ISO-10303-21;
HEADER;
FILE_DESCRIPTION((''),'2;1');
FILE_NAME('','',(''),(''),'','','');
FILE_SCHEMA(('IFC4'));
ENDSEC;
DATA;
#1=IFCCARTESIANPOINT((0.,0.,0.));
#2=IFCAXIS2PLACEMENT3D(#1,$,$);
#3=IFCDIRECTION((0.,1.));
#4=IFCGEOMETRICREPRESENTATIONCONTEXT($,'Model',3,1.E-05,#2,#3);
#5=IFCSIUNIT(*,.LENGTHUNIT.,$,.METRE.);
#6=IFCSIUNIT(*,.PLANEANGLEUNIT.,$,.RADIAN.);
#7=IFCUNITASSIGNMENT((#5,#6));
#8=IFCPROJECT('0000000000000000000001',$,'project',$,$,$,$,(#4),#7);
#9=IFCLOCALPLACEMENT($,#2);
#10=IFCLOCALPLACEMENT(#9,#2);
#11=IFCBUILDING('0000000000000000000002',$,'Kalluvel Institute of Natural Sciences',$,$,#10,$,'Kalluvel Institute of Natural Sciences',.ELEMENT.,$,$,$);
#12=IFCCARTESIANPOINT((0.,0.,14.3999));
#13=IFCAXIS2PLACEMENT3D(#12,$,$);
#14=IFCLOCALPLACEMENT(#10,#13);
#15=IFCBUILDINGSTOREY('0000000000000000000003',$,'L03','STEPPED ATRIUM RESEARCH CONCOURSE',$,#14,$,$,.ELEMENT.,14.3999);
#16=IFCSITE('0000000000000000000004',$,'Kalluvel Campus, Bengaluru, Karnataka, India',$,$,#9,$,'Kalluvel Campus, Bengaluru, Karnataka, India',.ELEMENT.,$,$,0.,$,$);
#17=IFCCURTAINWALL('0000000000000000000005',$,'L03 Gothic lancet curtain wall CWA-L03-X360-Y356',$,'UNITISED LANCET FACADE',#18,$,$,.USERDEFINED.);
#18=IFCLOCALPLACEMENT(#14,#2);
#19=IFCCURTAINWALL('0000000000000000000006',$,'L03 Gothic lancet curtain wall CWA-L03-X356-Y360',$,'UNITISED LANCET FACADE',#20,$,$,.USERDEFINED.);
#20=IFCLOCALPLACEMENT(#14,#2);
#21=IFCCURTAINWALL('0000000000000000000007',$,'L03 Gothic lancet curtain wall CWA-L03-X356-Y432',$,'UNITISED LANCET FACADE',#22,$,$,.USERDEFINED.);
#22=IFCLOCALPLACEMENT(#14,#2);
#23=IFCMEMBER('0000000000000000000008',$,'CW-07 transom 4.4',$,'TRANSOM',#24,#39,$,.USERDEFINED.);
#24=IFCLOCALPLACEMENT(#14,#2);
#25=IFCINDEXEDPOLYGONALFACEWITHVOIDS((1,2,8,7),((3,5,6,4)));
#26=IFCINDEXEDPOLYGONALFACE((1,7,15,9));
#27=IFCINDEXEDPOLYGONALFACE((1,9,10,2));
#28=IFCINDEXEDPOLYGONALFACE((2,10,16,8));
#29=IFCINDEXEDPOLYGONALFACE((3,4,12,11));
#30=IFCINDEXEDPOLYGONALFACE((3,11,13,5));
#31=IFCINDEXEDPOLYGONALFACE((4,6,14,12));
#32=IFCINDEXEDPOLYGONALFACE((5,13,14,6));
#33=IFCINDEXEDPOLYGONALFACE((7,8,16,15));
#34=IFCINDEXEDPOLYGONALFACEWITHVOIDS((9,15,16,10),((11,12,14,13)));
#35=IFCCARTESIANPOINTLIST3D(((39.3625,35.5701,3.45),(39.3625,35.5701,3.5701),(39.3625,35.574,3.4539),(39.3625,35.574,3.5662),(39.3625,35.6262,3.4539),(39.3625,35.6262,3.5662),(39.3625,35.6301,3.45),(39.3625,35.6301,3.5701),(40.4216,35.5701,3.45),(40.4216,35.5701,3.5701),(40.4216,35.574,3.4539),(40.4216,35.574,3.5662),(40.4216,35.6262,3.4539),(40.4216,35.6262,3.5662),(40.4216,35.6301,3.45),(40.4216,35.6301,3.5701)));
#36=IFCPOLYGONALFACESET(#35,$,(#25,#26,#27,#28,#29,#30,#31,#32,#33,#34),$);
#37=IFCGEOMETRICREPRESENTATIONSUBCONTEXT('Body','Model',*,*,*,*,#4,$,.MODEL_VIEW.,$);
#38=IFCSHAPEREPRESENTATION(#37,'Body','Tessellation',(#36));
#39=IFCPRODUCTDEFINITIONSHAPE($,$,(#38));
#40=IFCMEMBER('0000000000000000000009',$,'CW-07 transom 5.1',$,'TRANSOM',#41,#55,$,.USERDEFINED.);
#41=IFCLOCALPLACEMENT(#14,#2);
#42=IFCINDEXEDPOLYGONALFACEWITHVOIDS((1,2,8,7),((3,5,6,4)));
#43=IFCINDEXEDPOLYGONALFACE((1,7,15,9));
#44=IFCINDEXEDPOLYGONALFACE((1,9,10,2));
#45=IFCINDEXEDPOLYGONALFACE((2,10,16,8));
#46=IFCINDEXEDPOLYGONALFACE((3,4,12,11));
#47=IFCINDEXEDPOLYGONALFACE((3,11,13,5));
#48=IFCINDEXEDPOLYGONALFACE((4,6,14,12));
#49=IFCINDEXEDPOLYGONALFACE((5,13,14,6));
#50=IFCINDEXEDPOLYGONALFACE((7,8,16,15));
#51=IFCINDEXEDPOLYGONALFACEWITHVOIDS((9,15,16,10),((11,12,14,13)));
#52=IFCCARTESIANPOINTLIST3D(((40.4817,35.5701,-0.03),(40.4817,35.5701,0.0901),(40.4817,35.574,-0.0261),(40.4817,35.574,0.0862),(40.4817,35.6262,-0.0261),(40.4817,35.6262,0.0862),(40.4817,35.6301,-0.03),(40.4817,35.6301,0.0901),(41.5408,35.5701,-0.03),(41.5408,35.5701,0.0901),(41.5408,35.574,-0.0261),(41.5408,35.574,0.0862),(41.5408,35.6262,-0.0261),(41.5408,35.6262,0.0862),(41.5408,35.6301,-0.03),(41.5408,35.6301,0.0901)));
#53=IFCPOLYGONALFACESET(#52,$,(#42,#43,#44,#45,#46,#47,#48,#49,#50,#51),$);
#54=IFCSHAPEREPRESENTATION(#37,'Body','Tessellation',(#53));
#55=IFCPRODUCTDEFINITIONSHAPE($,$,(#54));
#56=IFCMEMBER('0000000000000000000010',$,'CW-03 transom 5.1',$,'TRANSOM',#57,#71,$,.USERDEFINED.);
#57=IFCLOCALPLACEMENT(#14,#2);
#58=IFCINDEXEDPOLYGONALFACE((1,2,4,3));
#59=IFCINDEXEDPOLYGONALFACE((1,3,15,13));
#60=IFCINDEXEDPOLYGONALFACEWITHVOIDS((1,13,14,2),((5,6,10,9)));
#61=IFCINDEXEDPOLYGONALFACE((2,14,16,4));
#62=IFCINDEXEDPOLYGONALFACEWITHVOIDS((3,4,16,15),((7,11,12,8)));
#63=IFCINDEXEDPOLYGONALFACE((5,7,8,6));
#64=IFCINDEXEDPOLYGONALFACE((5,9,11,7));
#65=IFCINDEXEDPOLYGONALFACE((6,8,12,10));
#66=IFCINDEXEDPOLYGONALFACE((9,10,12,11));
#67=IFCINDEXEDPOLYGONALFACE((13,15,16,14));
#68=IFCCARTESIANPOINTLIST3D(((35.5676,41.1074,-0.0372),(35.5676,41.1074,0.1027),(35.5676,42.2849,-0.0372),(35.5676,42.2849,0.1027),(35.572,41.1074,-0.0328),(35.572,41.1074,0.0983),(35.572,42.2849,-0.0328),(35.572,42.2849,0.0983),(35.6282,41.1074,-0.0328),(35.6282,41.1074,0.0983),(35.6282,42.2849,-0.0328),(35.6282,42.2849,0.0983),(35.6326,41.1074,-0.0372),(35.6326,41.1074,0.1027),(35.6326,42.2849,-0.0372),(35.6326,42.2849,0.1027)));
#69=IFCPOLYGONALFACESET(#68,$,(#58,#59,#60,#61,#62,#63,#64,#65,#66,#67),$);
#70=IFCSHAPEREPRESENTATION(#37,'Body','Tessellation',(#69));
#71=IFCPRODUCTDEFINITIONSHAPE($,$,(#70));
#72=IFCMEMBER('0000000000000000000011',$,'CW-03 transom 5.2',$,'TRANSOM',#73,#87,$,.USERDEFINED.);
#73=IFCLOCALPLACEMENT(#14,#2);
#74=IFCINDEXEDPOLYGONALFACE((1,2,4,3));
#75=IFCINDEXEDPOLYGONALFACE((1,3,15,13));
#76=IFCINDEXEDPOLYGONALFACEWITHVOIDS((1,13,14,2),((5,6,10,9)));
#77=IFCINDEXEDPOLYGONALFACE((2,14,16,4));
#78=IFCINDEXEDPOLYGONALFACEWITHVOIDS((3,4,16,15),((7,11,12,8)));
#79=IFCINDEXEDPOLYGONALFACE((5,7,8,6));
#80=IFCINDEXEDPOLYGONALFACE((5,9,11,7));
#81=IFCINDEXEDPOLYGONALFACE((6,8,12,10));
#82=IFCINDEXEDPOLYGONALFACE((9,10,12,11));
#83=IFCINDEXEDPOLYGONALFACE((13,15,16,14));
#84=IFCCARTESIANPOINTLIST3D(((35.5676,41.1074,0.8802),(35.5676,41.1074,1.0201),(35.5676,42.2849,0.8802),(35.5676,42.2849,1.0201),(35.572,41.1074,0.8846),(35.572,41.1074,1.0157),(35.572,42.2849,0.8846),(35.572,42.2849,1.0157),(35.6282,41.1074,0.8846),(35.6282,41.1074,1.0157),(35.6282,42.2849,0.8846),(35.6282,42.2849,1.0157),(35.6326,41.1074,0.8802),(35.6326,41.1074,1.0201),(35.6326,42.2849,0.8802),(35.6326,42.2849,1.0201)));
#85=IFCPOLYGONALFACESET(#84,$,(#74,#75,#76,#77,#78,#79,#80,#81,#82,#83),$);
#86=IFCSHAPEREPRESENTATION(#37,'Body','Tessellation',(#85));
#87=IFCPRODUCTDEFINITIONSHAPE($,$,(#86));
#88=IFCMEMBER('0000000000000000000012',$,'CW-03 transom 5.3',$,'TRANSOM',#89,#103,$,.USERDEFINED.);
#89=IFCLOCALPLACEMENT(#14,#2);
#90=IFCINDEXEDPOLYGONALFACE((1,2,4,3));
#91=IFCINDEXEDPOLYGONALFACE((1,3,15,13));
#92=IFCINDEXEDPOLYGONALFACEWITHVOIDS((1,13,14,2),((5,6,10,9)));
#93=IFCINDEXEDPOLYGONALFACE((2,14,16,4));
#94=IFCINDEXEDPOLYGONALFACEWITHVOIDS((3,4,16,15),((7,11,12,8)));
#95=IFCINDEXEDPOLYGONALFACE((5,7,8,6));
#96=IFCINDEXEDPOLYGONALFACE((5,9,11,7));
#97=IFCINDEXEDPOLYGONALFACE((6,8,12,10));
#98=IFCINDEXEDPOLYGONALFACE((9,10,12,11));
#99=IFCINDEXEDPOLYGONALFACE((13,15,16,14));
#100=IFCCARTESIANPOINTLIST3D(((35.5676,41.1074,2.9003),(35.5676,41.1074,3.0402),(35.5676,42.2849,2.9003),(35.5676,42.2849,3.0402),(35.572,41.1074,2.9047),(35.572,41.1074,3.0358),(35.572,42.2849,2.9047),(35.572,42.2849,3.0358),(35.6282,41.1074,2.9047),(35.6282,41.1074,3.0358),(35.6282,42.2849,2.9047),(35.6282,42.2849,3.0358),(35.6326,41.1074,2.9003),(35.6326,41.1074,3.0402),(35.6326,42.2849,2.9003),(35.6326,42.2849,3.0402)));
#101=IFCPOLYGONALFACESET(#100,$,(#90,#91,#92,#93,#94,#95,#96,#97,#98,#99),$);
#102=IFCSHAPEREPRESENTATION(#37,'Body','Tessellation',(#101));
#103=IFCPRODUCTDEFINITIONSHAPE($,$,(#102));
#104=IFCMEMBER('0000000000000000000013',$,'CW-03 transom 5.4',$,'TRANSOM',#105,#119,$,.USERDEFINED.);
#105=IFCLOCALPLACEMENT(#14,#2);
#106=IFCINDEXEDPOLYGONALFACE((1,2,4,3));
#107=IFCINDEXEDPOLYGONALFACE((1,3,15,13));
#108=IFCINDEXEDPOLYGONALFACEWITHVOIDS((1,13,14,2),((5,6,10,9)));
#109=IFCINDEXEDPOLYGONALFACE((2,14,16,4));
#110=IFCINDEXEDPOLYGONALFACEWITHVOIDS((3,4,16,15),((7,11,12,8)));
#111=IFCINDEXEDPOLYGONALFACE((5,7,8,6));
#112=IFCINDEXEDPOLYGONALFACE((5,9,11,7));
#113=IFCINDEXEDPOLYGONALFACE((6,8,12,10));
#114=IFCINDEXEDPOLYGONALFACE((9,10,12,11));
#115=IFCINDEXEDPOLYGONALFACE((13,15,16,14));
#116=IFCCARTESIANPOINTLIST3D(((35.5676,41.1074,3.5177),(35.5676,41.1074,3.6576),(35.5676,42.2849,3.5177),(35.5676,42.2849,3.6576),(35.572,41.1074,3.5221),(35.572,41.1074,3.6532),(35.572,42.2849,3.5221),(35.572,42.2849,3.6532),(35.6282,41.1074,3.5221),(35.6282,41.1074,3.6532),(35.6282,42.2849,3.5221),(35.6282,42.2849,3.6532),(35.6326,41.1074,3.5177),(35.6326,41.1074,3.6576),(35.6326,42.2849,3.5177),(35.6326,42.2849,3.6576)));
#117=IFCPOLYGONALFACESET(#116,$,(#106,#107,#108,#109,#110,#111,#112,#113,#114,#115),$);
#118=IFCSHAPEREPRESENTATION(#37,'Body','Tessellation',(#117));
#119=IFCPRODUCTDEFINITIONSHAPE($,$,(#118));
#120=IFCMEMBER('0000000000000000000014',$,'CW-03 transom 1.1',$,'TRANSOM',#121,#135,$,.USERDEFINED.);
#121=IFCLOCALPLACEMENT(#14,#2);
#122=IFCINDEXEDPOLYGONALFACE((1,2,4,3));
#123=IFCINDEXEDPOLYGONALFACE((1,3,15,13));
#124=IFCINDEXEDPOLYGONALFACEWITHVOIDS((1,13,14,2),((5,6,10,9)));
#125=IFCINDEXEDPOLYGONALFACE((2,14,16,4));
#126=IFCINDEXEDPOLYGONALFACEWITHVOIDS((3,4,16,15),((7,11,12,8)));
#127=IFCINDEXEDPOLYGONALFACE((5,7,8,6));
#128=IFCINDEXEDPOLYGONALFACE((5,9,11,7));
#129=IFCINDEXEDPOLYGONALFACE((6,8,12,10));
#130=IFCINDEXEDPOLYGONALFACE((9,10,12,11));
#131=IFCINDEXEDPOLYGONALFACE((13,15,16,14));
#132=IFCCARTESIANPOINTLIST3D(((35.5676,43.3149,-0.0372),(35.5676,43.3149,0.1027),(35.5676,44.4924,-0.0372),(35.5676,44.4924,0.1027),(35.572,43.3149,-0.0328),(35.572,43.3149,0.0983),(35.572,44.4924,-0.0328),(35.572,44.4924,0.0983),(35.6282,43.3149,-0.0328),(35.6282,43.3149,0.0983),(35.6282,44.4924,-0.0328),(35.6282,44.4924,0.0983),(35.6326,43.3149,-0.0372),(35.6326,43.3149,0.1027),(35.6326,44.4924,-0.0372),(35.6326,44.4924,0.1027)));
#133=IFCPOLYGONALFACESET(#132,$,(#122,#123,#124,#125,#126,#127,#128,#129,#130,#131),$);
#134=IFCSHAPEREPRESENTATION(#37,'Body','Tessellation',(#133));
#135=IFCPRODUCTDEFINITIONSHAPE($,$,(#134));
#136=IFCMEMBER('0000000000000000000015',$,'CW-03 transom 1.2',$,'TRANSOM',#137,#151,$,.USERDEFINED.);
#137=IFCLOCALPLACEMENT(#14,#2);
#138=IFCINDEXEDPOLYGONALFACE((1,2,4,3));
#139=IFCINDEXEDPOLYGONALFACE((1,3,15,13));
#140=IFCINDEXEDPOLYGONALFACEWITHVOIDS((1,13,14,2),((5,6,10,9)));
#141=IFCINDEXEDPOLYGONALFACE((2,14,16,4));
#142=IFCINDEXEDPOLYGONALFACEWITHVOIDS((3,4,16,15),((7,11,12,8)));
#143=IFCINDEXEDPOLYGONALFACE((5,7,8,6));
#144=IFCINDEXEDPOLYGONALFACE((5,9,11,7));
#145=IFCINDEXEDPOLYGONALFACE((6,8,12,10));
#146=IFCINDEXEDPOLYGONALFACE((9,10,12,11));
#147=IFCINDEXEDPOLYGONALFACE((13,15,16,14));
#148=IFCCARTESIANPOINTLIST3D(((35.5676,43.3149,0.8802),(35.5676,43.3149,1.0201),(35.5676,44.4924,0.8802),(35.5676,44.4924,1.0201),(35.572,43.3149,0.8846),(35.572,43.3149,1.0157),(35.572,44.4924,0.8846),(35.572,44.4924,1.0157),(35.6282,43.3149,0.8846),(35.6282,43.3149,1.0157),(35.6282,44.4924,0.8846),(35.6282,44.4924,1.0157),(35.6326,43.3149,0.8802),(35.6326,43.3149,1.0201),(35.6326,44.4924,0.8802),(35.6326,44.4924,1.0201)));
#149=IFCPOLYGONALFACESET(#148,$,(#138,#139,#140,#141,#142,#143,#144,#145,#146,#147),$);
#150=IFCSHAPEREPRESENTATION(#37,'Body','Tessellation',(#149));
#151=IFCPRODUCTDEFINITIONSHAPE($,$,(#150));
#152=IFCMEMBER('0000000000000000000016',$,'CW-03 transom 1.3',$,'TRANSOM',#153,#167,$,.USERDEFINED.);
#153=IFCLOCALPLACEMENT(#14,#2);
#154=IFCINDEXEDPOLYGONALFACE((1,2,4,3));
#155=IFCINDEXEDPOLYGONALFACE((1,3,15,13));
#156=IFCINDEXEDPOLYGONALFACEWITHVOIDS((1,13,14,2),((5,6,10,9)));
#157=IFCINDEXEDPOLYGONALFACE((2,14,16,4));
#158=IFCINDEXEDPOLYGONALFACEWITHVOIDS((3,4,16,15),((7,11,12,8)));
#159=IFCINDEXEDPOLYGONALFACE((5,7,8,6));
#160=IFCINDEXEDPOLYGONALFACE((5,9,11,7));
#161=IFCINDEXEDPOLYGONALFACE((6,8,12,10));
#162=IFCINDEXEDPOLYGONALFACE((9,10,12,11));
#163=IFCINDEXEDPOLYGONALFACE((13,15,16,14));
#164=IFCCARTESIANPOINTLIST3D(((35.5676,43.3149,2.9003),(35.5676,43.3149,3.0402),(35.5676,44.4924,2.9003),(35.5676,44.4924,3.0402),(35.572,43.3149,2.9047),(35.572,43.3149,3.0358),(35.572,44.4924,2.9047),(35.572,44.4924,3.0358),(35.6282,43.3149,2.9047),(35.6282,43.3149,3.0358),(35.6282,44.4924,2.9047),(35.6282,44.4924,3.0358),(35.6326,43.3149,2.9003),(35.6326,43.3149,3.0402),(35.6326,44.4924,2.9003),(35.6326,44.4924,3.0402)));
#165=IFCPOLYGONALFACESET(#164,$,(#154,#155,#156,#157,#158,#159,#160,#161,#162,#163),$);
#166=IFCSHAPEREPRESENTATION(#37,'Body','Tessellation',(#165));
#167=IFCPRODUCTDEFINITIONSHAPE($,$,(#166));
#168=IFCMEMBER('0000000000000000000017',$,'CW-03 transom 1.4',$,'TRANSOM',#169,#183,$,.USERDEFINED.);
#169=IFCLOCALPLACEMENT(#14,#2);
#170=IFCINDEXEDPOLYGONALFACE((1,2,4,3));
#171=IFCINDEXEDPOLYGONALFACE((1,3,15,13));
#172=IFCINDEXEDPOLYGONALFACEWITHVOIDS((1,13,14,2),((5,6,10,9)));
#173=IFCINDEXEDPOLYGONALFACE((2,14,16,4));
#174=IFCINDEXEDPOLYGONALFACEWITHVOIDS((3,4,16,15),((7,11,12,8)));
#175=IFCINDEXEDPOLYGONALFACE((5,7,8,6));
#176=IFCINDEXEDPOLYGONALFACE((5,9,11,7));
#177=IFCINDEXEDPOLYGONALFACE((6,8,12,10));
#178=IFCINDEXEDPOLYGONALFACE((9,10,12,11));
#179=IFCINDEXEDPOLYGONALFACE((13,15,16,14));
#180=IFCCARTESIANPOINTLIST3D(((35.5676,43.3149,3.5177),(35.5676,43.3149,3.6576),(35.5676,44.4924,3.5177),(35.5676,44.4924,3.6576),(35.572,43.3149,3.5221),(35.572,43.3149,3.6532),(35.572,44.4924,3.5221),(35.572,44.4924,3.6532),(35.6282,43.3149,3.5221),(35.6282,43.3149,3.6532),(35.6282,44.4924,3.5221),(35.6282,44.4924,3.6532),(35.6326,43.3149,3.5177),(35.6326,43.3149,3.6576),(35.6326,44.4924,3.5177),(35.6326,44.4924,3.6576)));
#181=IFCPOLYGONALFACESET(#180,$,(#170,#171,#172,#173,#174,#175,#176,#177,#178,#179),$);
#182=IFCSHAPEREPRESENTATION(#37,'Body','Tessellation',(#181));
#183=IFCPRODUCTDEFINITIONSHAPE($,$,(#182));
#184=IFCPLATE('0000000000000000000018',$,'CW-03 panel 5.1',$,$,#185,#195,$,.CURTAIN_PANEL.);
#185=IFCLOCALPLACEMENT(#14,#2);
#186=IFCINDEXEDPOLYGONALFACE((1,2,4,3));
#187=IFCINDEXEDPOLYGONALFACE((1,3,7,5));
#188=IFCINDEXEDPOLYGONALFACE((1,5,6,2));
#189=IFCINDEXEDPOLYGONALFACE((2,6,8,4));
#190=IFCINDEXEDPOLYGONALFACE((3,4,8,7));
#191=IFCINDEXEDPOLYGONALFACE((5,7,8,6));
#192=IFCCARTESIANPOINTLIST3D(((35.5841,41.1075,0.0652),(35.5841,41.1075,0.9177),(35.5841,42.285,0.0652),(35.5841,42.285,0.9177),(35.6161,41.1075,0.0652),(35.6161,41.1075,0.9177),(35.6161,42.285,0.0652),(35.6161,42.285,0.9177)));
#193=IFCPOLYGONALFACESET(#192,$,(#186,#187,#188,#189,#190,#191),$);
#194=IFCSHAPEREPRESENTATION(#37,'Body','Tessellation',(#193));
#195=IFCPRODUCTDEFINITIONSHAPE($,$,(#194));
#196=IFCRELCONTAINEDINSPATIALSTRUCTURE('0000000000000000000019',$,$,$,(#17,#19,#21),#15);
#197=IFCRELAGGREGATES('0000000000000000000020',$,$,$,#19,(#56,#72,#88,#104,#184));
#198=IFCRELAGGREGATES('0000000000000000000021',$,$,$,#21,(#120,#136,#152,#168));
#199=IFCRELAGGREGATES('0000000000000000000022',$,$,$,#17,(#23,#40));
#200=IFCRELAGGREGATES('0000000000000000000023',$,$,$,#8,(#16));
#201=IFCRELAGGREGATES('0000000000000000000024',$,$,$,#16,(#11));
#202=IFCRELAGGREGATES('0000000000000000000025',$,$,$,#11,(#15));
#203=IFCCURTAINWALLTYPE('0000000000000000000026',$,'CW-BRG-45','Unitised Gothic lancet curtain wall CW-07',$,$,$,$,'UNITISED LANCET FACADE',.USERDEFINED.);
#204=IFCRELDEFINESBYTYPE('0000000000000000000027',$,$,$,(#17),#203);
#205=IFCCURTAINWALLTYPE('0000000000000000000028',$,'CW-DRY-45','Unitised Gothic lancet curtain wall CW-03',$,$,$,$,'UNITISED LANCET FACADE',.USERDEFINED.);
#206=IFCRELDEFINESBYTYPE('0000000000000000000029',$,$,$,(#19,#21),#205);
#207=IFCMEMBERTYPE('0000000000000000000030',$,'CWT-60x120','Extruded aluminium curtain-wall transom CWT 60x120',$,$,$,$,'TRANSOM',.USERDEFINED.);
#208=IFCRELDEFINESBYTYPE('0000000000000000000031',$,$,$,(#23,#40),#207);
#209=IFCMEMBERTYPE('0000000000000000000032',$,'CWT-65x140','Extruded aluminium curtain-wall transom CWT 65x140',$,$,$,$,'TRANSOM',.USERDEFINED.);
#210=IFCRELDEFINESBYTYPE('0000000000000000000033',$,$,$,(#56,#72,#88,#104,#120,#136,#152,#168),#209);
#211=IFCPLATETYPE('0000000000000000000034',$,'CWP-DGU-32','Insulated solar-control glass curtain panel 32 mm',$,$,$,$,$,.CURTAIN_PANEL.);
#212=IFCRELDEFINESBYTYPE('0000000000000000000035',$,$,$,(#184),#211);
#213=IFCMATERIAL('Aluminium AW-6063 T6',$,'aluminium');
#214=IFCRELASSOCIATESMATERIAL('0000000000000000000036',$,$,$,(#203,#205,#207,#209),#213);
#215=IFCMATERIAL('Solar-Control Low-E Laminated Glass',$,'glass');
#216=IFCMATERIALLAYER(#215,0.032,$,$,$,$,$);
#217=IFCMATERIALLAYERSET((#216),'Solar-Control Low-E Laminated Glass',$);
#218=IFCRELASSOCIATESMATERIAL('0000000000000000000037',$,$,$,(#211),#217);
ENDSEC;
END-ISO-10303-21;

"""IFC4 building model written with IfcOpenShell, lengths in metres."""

from ifc_helpers import new_model, si_unit, direction, frame, origin, origin_2d, place, context, subcontext, project, spatial, rectangle, hollow_rectangle, extrude, material, layer, layer_set, material_profile, profile_set, type_object, element, aggregate, save


model = new_model("IFC4")

# Units and contexts
model_context = context("Model", 3, precision=1e-05, world=origin(), true_north=direction((0.0, 1.0)))
body_context = subcontext(model_context, "Body", "Model", "MODEL_VIEW")
ifc_project = project(units=[si_unit("LENGTHUNIT", "METRE"), si_unit("PLANEANGLEUNIT", "RADIAN")], contexts=[model_context])

# Site, building, storey
site_placement = place(None, origin())
site = spatial("IfcSite", under=ifc_project, at=site_placement, Name="Kalluvel Campus, Bengaluru, Karnataka, India", LongName="Kalluvel Campus, Bengaluru, Karnataka, India", CompositionType="ELEMENT", RefElevation=0.0)
building_placement = place(site_placement, origin())
building = spatial("IfcBuilding", under=site, at=building_placement, Name="Kalluvel Institute of Natural Sciences", LongName="Kalluvel Institute of Natural Sciences", CompositionType="ELEMENT")
storey_placement = place(building_placement, frame((0.0, 0.0, 14.3999)))
storey = spatial("IfcBuildingStorey", under=building, at=storey_placement, Name="L03", Description="STEPPED ATRIUM RESEARCH CONCOURSE", CompositionType="ELEMENT", Elevation=14.3999)

# Curtain wall
ifc_material_1 = material(Name="Aluminium AW-6063 T6", Category="aluminium")
curtain_wall_type_1 = type_object("IfcCurtainWallType", Name="CW-BRG-45", Description="Unitised Gothic lancet curtain wall CW-07", ElementType="UNITISED LANCET FACADE", PredefinedType="USERDEFINED", material=ifc_material_1)
curtain_wall_1_placement = place(storey_placement, origin())
curtain_wall_1 = element("IfcCurtainWall", 1, at=curtain_wall_1_placement, inside=storey, type_object=curtain_wall_type_1, Name="L03 Gothic lancet curtain wall CWA-L03-X360-Y356", ObjectType="UNITISED LANCET FACADE", PredefinedType="USERDEFINED")

# Curtain walls
curtain_wall_type_2 = type_object("IfcCurtainWallType", Name="CW-DRY-45", Description="Unitised Gothic lancet curtain wall CW-03", ElementType="UNITISED LANCET FACADE", PredefinedType="USERDEFINED", material=ifc_material_1)
curtain_wall_2_placement = place(storey_placement, origin())
curtain_wall_2 = element("IfcCurtainWall", 2, at=curtain_wall_2_placement, inside=storey, type_object=curtain_wall_type_2, Name="L03 Gothic lancet curtain wall CWA-L03-X356-Y360", ObjectType="UNITISED LANCET FACADE", PredefinedType="USERDEFINED")
curtain_wall_3_placement = place(storey_placement, origin())
curtain_wall_3 = element("IfcCurtainWall", 3, at=curtain_wall_3_placement, inside=storey, type_object=curtain_wall_type_2, Name="L03 Gothic lancet curtain wall CWA-L03-X356-Y432", ObjectType="UNITISED LANCET FACADE", PredefinedType="USERDEFINED")

# Members
ifc_material_profile_1 = material_profile(ifc_material_1, hollow_rectangle(XDim=0.0601, YDim=0.1201, WallThickness=0.0039, at=origin_2d()), Name="CWT 60x120")
ifc_profile_set_1 = profile_set([ifc_material_profile_1], Name="Aluminium AW-6063 T6")
member_type_1 = type_object("IfcMemberType", Name="CWT-60x120", Description="Extruded aluminium curtain-wall transom CWT 60x120", ElementType="TRANSOM", PredefinedType="USERDEFINED", material=ifc_profile_set_1)
member_1_placement = place(storey_placement, frame((39.3625, 35.6001, 3.51), z_axis=(1.0, 0.0, 0.0), x_axis=(0.0, 1.0, 0.0)))
member_1 = element("IfcMember", 4, at=member_1_placement, type_object=member_type_1, Name="CW-07 transom 4.4", ObjectType="TRANSOM", PredefinedType="USERDEFINED", context=body_context, shape_type="SweptSolid", body=[
    extrude(hollow_rectangle(XDim=0.0601, YDim=0.1201, WallThickness=0.0039, at=origin_2d()), origin(), (0.0, 0.0, 1.0), 1.0591),
])
member_2_placement = place(storey_placement, frame((40.4817, 35.6001, 0.03), z_axis=(1.0, 0.0, 0.0), x_axis=(0.0, 1.0, 0.0)))
member_2 = element("IfcMember", 5, at=member_2_placement, type_object=member_type_1, Name="CW-07 transom 5.1", ObjectType="TRANSOM", PredefinedType="USERDEFINED", context=body_context, shape_type="SweptSolid", body=[
    extrude(hollow_rectangle(XDim=0.0601, YDim=0.1201, WallThickness=0.0039, at=origin_2d()), origin(), (0.0, 0.0, 1.0), 1.0591),
])
ifc_material_profile_2 = material_profile(ifc_material_1, hollow_rectangle(XDim=0.0649, YDim=0.1399, WallThickness=0.0044, at=origin_2d()), Name="CWT 65x140")
ifc_profile_set_2 = profile_set([ifc_material_profile_2], Name="Aluminium AW-6063 T6")
member_type_2 = type_object("IfcMemberType", Name="CWT-65x140", Description="Extruded aluminium curtain-wall transom CWT 65x140", ElementType="TRANSOM", PredefinedType="USERDEFINED", material=ifc_profile_set_2)
member_3_placement = place(storey_placement, frame((35.6001, 41.1074, 0.0327), z_axis=(0.0, 1.0, 0.0), x_axis=(-1.0, 0.0, 0.0)))
member_3 = element("IfcMember", 6, at=member_3_placement, type_object=member_type_2, Name="CW-03 transom 5.1", ObjectType="TRANSOM", PredefinedType="USERDEFINED", context=body_context, shape_type="SweptSolid", body=[
    extrude(hollow_rectangle(XDim=0.0649, YDim=0.1399, WallThickness=0.0044, at=origin_2d()), origin(), (0.0, 0.0, 1.0), 1.1775),
])
member_4_placement = place(storey_placement, frame((35.6001, 41.1074, 0.9502), z_axis=(0.0, 1.0, 0.0), x_axis=(-1.0, 0.0, 0.0)))
member_4 = element("IfcMember", 7, at=member_4_placement, type_object=member_type_2, Name="CW-03 transom 5.2", ObjectType="TRANSOM", PredefinedType="USERDEFINED", context=body_context, shape_type="SweptSolid", body=[
    extrude(hollow_rectangle(XDim=0.0649, YDim=0.1399, WallThickness=0.0044, at=origin_2d()), origin(), (0.0, 0.0, 1.0), 1.1775),
])
member_5_placement = place(storey_placement, frame((35.6001, 41.1074, 2.9702), z_axis=(0.0, 1.0, 0.0), x_axis=(-1.0, 0.0, 0.0)))
member_5 = element("IfcMember", 8, at=member_5_placement, type_object=member_type_2, Name="CW-03 transom 5.3", ObjectType="TRANSOM", PredefinedType="USERDEFINED", context=body_context, shape_type="SweptSolid", body=[
    extrude(hollow_rectangle(XDim=0.0649, YDim=0.1399, WallThickness=0.0044, at=origin_2d()), origin(), (0.0, 0.0, 1.0), 1.1775),
])
member_6_placement = place(storey_placement, frame((35.6001, 41.1074, 3.5876), z_axis=(0.0, 1.0, 0.0), x_axis=(-1.0, 0.0, 0.0)))
member_6 = element("IfcMember", 9, at=member_6_placement, type_object=member_type_2, Name="CW-03 transom 5.4", ObjectType="TRANSOM", PredefinedType="USERDEFINED", context=body_context, shape_type="SweptSolid", body=[
    extrude(hollow_rectangle(XDim=0.0649, YDim=0.1399, WallThickness=0.0044, at=origin_2d()), origin(), (0.0, 0.0, 1.0), 1.1775),
])
member_7_placement = place(storey_placement, frame((35.6001, 43.3149, 0.0327), z_axis=(0.0, 1.0, 0.0), x_axis=(-1.0, 0.0, 0.0)))
member_7 = element("IfcMember", 10, at=member_7_placement, type_object=member_type_2, Name="CW-03 transom 1.1", ObjectType="TRANSOM", PredefinedType="USERDEFINED", context=body_context, shape_type="SweptSolid", body=[
    extrude(hollow_rectangle(XDim=0.0649, YDim=0.1399, WallThickness=0.0044, at=origin_2d()), origin(), (0.0, 0.0, 1.0), 1.1775),
])
member_8_placement = place(storey_placement, frame((35.6001, 43.3149, 0.9502), z_axis=(0.0, 1.0, 0.0), x_axis=(-1.0, 0.0, 0.0)))
member_8 = element("IfcMember", 11, at=member_8_placement, type_object=member_type_2, Name="CW-03 transom 1.2", ObjectType="TRANSOM", PredefinedType="USERDEFINED", context=body_context, shape_type="SweptSolid", body=[
    extrude(hollow_rectangle(XDim=0.0649, YDim=0.1399, WallThickness=0.0044, at=origin_2d()), origin(), (0.0, 0.0, 1.0), 1.1775),
])
member_9_placement = place(storey_placement, frame((35.6001, 43.3149, 2.9702), z_axis=(0.0, 1.0, 0.0), x_axis=(-1.0, 0.0, 0.0)))
member_9 = element("IfcMember", 12, at=member_9_placement, type_object=member_type_2, Name="CW-03 transom 1.3", ObjectType="TRANSOM", PredefinedType="USERDEFINED", context=body_context, shape_type="SweptSolid", body=[
    extrude(hollow_rectangle(XDim=0.0649, YDim=0.1399, WallThickness=0.0044, at=origin_2d()), origin(), (0.0, 0.0, 1.0), 1.1775),
])
member_10_placement = place(storey_placement, frame((35.6001, 43.3149, 3.5876), z_axis=(0.0, 1.0, 0.0), x_axis=(-1.0, 0.0, 0.0)))
member_10 = element("IfcMember", 13, at=member_10_placement, type_object=member_type_2, Name="CW-03 transom 1.4", ObjectType="TRANSOM", PredefinedType="USERDEFINED", context=body_context, shape_type="SweptSolid", body=[
    extrude(hollow_rectangle(XDim=0.0649, YDim=0.1399, WallThickness=0.0044, at=origin_2d()), origin(), (0.0, 0.0, 1.0), 1.1775),
])

# Plate
ifc_material_2 = material(Name="Solar-Control Low-E Laminated Glass", Category="glass")
ifc_layer = layer(ifc_material_2, 0.032)
ifc_layer_set = layer_set([ifc_layer], Name="Solar-Control Low-E Laminated Glass")
plate_type = type_object("IfcPlateType", Name="CWP-DGU-32", Description="Insulated solar-control glass curtain panel 32 mm", PredefinedType="CURTAIN_PANEL", material=ifc_layer_set)
plate_1_placement = place(storey_placement, frame((35.6001, 41.6963, 0.0652), z_axis=(0.0, 0.0, 1.0), x_axis=(0.0, 1.0, 0.0)))
plate_1 = element("IfcPlate", 14, at=plate_1_placement, type_object=plate_type, Name="CW-03 panel 5.1", PredefinedType="CURTAIN_PANEL", context=body_context, shape_type="SweptSolid", body=[
    extrude(rectangle(XDim=1.1775, YDim=0.032, at=origin_2d()), origin(), (0.0, 0.0, 1.0), 0.8525),
])
aggregate(curtain_wall_2, [member_3, member_4, member_5, member_6, plate_1])
aggregate(curtain_wall_3, [member_7, member_8, member_9, member_10])
aggregate(curtain_wall_1, [member_1, member_2])

save(model, "model.ifc")
